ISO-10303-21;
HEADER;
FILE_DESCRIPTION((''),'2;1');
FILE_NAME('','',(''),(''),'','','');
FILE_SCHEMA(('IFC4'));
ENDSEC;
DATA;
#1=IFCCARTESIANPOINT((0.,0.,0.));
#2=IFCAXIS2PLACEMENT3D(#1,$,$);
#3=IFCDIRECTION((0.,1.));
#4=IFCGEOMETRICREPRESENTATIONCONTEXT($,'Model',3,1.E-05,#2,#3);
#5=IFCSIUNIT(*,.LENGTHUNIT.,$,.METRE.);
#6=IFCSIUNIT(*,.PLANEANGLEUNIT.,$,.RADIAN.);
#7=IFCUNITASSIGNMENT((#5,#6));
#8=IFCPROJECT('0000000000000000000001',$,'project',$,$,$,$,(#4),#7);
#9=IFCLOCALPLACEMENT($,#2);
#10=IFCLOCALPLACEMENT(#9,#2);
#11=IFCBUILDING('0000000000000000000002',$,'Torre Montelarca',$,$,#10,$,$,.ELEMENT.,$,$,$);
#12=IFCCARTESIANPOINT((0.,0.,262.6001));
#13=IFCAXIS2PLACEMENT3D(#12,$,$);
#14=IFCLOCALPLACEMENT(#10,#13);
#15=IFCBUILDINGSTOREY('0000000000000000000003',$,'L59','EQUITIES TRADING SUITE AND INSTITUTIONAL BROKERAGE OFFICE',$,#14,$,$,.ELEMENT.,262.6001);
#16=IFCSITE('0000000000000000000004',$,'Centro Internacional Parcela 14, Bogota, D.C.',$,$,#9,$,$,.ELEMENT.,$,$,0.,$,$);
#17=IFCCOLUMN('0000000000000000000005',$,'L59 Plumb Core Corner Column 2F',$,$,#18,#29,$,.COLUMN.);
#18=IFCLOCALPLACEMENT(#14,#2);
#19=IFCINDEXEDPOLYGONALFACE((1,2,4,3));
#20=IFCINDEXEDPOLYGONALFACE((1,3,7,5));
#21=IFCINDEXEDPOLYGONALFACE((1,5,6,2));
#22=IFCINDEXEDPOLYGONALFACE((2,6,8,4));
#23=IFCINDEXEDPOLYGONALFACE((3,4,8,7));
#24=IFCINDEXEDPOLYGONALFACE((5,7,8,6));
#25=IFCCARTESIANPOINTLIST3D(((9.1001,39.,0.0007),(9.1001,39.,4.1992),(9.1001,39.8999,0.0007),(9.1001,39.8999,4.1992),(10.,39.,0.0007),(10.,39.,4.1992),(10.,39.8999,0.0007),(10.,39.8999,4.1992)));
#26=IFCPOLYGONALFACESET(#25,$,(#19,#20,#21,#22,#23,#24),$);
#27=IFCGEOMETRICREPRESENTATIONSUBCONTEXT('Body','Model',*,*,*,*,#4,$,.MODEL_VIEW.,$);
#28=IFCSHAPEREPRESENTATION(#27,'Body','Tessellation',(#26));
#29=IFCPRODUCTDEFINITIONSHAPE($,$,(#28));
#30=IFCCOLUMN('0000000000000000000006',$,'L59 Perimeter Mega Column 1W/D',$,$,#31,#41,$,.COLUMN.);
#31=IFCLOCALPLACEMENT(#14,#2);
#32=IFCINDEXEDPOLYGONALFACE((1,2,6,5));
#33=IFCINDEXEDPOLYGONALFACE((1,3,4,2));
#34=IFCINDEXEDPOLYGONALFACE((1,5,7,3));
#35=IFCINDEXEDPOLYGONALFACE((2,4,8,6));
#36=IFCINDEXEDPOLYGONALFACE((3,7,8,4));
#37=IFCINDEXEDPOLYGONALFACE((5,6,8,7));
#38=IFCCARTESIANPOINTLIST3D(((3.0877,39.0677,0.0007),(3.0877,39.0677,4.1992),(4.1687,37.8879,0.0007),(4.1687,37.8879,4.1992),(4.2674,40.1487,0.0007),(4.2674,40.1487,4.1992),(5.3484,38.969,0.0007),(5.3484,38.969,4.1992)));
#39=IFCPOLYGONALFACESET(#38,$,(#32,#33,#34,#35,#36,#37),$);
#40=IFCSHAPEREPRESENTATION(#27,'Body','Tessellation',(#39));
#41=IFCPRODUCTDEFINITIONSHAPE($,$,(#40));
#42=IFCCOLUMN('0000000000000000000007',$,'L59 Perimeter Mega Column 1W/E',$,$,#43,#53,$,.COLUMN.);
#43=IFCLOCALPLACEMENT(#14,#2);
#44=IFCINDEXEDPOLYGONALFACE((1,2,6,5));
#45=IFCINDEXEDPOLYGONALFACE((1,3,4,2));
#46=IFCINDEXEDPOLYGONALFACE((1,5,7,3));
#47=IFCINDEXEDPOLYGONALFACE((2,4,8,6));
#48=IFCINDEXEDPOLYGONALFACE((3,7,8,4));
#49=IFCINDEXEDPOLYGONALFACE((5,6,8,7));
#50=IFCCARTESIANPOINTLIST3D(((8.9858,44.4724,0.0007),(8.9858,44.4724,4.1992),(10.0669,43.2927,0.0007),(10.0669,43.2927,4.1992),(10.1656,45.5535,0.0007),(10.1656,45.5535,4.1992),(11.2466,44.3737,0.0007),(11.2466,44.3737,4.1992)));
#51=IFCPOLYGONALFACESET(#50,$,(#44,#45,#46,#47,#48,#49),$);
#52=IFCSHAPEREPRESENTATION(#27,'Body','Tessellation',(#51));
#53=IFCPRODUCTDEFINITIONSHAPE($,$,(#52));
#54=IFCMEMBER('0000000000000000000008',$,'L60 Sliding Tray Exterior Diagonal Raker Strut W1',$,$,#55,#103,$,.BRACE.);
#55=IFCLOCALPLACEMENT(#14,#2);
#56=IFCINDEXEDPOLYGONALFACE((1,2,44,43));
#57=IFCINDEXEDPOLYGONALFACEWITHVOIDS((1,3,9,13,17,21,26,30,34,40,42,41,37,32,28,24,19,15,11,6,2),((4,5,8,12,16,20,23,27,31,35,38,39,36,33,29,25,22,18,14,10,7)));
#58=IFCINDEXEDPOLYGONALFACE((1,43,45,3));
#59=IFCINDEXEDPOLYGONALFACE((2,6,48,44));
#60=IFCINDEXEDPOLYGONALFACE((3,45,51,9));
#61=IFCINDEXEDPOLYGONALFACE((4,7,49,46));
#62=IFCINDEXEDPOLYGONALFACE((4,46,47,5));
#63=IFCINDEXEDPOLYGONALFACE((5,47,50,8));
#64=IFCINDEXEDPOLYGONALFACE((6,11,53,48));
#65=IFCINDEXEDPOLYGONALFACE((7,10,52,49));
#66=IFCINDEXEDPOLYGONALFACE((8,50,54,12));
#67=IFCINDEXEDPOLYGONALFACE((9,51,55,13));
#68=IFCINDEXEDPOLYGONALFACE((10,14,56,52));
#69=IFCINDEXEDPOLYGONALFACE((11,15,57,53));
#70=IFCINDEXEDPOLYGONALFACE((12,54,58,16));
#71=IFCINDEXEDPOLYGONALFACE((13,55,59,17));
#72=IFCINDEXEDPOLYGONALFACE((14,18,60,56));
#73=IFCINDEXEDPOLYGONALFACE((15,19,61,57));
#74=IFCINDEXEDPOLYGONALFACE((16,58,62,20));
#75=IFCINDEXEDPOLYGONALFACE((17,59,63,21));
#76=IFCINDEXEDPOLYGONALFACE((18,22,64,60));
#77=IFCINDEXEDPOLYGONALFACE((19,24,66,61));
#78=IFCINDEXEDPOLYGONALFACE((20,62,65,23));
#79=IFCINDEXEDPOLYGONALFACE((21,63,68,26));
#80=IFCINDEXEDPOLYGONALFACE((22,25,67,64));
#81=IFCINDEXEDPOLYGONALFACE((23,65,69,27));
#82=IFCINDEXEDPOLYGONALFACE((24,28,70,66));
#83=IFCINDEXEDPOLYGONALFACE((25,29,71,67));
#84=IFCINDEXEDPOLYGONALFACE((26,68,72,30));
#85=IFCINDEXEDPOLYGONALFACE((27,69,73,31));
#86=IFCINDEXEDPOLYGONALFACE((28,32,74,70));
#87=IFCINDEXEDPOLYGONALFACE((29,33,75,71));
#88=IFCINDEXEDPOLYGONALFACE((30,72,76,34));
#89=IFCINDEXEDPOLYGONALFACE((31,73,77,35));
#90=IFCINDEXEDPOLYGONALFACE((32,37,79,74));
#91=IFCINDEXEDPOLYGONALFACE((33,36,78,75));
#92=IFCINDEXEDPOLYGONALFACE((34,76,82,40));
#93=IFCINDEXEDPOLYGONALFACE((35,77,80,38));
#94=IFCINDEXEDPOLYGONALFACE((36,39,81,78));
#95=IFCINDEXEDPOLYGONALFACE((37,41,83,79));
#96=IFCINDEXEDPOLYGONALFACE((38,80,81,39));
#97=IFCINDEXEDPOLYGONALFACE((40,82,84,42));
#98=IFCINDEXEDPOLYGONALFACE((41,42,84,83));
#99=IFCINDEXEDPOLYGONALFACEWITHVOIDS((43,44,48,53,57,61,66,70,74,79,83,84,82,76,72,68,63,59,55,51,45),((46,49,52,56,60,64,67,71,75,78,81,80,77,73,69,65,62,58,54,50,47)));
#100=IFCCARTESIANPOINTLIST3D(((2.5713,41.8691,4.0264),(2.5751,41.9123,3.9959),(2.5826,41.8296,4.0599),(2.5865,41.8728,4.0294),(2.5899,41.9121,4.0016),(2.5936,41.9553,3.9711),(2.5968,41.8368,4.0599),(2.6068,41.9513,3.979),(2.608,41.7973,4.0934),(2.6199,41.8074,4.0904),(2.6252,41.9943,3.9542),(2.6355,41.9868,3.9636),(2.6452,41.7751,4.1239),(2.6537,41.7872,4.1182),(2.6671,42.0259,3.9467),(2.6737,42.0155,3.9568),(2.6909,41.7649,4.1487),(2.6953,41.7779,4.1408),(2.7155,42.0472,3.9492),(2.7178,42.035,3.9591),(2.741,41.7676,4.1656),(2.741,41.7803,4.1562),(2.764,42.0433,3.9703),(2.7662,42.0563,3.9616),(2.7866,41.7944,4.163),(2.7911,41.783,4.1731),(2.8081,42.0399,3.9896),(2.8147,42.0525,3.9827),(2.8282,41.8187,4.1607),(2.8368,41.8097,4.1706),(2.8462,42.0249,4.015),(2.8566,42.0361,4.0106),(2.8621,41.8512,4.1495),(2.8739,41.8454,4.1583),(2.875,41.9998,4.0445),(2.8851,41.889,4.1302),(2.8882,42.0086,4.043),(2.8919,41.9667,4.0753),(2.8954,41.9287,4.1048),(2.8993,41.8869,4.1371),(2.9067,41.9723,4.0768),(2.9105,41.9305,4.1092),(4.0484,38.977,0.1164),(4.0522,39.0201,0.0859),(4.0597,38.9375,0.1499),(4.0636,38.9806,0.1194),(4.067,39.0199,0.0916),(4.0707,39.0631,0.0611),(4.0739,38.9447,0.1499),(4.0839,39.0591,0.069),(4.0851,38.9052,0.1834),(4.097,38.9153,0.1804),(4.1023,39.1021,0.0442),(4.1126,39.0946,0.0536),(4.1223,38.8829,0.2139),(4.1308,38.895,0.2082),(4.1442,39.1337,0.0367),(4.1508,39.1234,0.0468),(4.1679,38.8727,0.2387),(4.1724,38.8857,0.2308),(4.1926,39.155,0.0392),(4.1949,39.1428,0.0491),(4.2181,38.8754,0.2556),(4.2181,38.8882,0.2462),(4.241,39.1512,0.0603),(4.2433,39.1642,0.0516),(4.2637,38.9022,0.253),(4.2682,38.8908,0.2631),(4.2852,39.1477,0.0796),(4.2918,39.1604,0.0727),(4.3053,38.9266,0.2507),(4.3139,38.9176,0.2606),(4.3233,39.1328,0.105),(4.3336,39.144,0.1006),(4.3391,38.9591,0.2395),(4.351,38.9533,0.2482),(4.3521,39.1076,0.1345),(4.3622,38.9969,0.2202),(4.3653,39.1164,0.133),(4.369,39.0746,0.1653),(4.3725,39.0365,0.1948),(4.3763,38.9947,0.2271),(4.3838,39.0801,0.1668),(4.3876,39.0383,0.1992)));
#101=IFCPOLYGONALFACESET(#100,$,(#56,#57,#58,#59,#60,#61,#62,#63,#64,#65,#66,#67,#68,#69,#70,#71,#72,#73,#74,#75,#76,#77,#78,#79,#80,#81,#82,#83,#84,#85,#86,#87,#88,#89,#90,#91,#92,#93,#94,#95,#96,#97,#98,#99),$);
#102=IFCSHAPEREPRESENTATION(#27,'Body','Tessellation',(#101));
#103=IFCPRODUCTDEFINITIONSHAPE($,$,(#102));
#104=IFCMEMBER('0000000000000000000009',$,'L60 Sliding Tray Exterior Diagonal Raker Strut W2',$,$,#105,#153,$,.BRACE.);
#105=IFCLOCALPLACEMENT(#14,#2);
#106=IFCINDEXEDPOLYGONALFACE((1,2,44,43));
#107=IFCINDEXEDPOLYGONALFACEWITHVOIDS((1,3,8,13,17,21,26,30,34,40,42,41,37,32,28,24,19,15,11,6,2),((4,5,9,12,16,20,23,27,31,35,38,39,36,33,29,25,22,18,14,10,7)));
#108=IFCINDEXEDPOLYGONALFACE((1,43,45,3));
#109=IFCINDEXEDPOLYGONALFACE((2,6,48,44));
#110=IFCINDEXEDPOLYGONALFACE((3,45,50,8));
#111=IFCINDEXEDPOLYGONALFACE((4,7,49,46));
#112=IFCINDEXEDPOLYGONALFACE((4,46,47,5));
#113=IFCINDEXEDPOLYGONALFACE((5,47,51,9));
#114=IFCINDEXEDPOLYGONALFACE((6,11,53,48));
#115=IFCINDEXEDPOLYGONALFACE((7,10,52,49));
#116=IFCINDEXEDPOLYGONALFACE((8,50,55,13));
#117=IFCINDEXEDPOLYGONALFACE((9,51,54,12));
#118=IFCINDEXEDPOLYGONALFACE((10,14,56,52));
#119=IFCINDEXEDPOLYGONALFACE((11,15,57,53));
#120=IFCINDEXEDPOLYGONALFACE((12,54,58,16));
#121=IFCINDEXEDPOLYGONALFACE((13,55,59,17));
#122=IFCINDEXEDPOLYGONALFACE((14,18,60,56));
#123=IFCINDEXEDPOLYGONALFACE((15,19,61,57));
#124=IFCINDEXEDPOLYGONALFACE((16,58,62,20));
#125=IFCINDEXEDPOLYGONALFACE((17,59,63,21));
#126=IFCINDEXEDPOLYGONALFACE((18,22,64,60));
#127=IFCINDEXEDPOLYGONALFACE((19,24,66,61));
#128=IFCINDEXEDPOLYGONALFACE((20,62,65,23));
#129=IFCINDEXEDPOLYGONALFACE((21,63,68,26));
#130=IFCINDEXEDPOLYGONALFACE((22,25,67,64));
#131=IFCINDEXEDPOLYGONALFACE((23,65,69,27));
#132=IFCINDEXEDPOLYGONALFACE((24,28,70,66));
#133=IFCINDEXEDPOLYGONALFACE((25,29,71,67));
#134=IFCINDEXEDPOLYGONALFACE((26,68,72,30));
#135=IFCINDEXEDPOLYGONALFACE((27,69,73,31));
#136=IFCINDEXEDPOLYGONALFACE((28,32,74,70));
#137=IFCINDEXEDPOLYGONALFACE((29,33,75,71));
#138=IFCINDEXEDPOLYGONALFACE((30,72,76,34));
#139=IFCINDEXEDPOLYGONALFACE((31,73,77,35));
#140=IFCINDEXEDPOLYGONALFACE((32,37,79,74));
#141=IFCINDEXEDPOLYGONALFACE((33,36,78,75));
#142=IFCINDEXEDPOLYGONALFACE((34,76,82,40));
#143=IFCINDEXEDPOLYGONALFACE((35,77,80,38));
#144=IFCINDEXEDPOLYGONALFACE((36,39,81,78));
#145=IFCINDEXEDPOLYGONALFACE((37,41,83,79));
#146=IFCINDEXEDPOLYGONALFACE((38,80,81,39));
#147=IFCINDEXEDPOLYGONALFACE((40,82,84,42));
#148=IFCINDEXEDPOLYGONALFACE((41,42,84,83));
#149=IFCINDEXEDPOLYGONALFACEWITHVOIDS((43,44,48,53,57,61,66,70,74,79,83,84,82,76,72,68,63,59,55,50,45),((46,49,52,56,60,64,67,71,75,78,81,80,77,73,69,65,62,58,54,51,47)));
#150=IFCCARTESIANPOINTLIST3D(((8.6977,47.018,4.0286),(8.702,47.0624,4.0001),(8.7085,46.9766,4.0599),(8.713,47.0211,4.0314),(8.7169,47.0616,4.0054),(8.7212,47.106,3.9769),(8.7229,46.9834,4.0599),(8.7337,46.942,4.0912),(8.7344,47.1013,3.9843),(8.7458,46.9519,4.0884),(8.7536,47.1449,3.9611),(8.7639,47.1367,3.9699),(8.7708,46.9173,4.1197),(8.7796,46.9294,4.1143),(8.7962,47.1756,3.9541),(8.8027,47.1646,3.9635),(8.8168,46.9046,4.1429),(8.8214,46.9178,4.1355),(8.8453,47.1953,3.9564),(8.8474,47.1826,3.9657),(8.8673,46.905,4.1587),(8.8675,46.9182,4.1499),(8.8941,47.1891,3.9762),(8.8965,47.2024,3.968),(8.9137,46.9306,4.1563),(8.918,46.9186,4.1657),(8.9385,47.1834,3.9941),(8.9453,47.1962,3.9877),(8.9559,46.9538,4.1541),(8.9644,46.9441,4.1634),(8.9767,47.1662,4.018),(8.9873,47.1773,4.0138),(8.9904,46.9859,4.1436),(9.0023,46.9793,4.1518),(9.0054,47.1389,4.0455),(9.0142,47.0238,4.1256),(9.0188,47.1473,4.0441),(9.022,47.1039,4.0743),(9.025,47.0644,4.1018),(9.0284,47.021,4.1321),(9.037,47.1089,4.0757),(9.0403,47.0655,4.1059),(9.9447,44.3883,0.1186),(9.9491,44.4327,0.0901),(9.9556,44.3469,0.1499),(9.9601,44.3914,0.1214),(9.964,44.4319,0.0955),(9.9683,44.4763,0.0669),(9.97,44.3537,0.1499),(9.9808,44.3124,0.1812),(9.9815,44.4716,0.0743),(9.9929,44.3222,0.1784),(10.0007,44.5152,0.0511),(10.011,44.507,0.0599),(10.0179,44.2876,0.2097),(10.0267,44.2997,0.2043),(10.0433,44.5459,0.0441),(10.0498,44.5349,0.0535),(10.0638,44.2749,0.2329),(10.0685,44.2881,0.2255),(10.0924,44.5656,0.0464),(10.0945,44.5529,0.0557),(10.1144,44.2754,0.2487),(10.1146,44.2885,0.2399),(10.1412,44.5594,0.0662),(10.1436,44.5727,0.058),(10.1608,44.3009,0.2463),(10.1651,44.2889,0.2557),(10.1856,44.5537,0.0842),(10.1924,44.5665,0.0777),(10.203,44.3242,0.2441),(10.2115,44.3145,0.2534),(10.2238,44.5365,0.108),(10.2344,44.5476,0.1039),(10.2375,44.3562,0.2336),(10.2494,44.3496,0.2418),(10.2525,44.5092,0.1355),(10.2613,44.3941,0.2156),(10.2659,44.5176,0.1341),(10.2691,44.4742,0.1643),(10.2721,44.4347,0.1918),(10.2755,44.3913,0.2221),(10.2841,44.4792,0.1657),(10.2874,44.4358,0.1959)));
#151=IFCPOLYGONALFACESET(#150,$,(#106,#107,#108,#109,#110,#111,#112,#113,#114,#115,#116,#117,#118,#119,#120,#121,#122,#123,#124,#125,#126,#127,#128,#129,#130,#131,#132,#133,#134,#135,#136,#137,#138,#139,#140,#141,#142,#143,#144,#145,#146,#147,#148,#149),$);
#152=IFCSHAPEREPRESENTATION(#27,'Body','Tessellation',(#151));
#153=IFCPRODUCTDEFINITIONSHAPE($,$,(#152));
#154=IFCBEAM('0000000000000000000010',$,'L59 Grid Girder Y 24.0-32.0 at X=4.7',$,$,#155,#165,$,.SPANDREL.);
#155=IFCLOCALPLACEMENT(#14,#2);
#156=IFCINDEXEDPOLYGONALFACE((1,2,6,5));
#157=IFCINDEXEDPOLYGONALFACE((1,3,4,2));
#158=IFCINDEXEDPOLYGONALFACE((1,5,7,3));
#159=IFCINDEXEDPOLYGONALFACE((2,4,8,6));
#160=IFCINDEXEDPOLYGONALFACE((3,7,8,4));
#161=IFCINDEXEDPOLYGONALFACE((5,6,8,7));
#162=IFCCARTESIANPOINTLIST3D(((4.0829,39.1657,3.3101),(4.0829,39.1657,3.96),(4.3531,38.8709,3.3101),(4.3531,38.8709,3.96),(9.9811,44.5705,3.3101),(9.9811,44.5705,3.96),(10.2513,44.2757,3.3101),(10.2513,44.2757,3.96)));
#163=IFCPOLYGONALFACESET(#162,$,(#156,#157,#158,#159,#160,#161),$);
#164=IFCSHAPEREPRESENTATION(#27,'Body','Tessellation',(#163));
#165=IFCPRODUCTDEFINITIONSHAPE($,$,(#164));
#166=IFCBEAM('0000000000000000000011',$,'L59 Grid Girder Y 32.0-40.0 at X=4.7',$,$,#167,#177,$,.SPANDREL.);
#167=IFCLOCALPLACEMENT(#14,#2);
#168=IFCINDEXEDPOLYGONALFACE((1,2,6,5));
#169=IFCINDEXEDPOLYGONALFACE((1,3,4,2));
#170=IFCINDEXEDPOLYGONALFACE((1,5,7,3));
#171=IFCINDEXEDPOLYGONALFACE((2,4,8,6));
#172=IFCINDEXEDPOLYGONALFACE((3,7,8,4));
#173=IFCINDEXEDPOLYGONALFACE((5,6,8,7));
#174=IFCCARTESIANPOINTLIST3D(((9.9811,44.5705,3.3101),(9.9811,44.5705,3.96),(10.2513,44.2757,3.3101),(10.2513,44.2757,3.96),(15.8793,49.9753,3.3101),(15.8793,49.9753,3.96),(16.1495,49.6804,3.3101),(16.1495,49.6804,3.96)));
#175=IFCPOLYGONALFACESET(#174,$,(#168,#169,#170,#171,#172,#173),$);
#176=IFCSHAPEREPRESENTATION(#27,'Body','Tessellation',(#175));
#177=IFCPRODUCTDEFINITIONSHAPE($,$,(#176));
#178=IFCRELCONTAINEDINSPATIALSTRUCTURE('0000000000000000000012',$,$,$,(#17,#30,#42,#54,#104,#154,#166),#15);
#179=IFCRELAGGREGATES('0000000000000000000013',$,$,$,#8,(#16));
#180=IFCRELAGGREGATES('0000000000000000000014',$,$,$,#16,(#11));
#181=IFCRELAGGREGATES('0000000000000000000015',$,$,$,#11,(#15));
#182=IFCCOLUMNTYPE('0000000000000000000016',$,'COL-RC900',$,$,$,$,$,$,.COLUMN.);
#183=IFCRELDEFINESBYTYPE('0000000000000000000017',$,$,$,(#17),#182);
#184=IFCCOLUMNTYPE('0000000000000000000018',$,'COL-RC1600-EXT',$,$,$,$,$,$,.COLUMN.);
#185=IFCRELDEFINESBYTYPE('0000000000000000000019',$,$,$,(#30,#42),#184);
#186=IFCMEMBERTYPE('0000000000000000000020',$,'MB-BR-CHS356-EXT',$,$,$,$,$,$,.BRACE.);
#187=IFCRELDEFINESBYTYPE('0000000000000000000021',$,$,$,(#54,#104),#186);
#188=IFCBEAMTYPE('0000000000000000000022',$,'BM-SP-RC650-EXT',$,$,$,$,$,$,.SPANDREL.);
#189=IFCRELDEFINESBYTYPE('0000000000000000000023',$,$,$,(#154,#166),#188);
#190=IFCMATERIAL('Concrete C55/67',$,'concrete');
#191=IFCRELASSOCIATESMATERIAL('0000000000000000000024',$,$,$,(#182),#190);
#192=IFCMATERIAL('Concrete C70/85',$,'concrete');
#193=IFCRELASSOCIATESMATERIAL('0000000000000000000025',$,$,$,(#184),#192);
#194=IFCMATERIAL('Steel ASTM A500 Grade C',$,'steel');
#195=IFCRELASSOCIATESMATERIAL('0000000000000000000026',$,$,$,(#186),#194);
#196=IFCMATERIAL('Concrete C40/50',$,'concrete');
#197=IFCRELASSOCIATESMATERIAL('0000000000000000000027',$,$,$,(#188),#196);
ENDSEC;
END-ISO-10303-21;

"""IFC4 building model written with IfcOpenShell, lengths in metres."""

from ifc_helpers import new_model, si_unit, direction, frame, origin, origin_2d, place, context, subcontext, project, spatial, rectangle, hollow_circle, extrude, source, transform, mapped, material, material_profile, profile_set, type_object, element, save


model = new_model("IFC4")

# Units and contexts
model_context = context("Model", 3, precision=1e-05, world=origin(), true_north=direction((0.0, 1.0)))
body_context = subcontext(model_context, "Body", "Model", "MODEL_VIEW")
ifc_project = project(units=[si_unit("LENGTHUNIT", "METRE"), si_unit("PLANEANGLEUNIT", "RADIAN")], contexts=[model_context])

# Site, building, storey
site_placement = place(None, origin())
site = spatial("IfcSite", under=ifc_project, at=site_placement, Name="Centro Internacional Parcela 14, Bogota, D.C.", CompositionType="ELEMENT", RefElevation=0.0)
building_placement = place(site_placement, origin())
building = spatial("IfcBuilding", under=site, at=building_placement, Name="Torre Montelarca", CompositionType="ELEMENT")
storey_placement = place(building_placement, frame((0.0, 0.0, 262.6001)))
storey = spatial("IfcBuildingStorey", under=building, at=storey_placement, Name="L59", Description="EQUITIES TRADING SUITE AND INSTITUTIONAL BROKERAGE OFFICE", CompositionType="ELEMENT", Elevation=262.6001)

# Columns
ifc_material_1 = material(Name="Concrete C55/67", Category="concrete")
ifc_material_profile_1 = material_profile(ifc_material_1, rectangle(XDim=0.8999, YDim=0.8999, at=origin_2d()), Name="RC900X900", Category="concrete")
ifc_profile_set_1 = profile_set([ifc_material_profile_1], Name="Concrete C55/67")
column_type_1 = type_object("IfcColumnType", Name="COL-RC900", PredefinedType="COLUMN", material=ifc_profile_set_1)
shared_shape_1 = source(origin(), body_context, "Body", "SweptSolid", [
    extrude(rectangle(XDim=0.8999, YDim=0.8999, at=origin_2d()), origin(), (0.0, 0.0, 1.0), 4.1985),
])
column_placement = place(storey_placement, frame((9.55, 39.45, 0.0007), z_axis=(0.0, 0.0, 1.0), x_axis=(1.0, 0.0, 0.0)))
element("IfcColumn", 1, at=column_placement, inside=storey, type_object=column_type_1, Name="L59 Plumb Core Corner Column 2F", PredefinedType="COLUMN", context=body_context, shape_type="MappedRepresentation", body=[
    mapped(shared_shape_1, transform((0.0, 0.0, 0.0), scale=1.0)),
])
ifc_material_2 = material(Name="Concrete C70/85", Category="concrete")
ifc_material_profile_2 = material_profile(ifc_material_2, rectangle(XDim=1.6001, YDim=1.6001, at=origin_2d()), Name="RC1600X1600", Category="concrete")
ifc_profile_set_2 = profile_set([ifc_material_profile_2], Name="Concrete C70/85")
column_type_2 = type_object("IfcColumnType", Name="COL-RC1600-EXT", PredefinedType="COLUMN", material=ifc_profile_set_2)
shared_shape_2 = source(origin(), body_context, "Body", "SweptSolid", [
    extrude(rectangle(XDim=1.6001, YDim=1.6001, at=origin_2d()), origin(), (0.0, 0.0, 1.0), 4.1985),
])
for number, where, z_axis, x_axis, name in (
    (2, (4.218, 39.0183, 0.0007), (0.0, 0.0, 1.0), (-0.67559, 0.737277, 0.0), "L59 Perimeter Mega Column 1W/D"),
    (3, (10.1162, 44.4231, 0.0007), (0.0, 0.0, 1.0), (-0.67559, 0.737277, 0.0), "L59 Perimeter Mega Column 1W/E"),
):
    element("IfcColumn", number, at=place(storey_placement, frame(where, z_axis=z_axis, x_axis=x_axis)), inside=storey, type_object=column_type_2, Name=name, PredefinedType="COLUMN", context=body_context, shape_type="MappedRepresentation", body=[
        mapped(shared_shape_2, transform((0.0, 0.0, 0.0), scale=1.0)),
    ])

# Members
ifc_material_3 = material(Name="Steel ASTM A500 Grade C", Category="steel")
ifc_material_profile_3 = material_profile(ifc_material_3, hollow_circle(Radius=0.1777, WallThickness=0.0159, at=origin_2d()), Name="HSS355.6X15.9", Category="steel")
ifc_profile_set_3 = profile_set([ifc_material_profile_3], Name="Steel ASTM A500 Grade C")
member_type_1 = type_object("IfcMemberType", Name="MB-BR-CHS356-EXT", PredefinedType="BRACE", material=ifc_profile_set_3)
shared_shape_3 = source(origin(), body_context, "Body", "SweptSolid", [
    extrude(hollow_circle(Radius=0.1777, WallThickness=0.0159, at=origin_2d()), origin(), (0.0, 0.0, 1.0), 5.0828),
])
member_1_placement = place(storey_placement, frame((4.218, 39.0183, 0.1499), z_axis=(-0.290607, 0.569013, 0.769267), x_axis=(-0.890575, -0.454836, 0.0)))
element("IfcMember", 4, at=member_1_placement, inside=storey, type_object=member_type_1, Name="L60 Sliding Tray Exterior Diagonal Raker Strut W1", PredefinedType="BRACE", context=body_context, shape_type="MappedRepresentation", body=[
    mapped(shared_shape_3, transform((0.0, 0.0, 0.0), scale=1.0)),
])
shared_shape_4 = source(origin(), body_context, "Body", "SweptSolid", [
    extrude(hollow_circle(Radius=0.1777, WallThickness=0.0159, at=origin_2d()), origin(), (0.0, 0.0, 1.0), 4.8743),
])
member_2_placement = place(storey_placement, frame((10.1162, 44.4231, 0.1499), z_axis=(-0.255853, 0.539504, 0.802169), x_axis=(-0.903545, -0.428494, 0.0)))
element("IfcMember", 5, at=member_2_placement, inside=storey, type_object=member_type_1, Name="L60 Sliding Tray Exterior Diagonal Raker Strut W2", PredefinedType="BRACE", context=body_context, shape_type="MappedRepresentation", body=[
    mapped(shared_shape_4, transform((0.0, 0.0, 0.0), scale=1.0)),
])

# Beams
ifc_material_4 = material(Name="Concrete C40/50", Category="concrete")
ifc_material_profile_4 = material_profile(ifc_material_4, rectangle(XDim=0.3999, YDim=0.6499, at=origin_2d()), Name="RCB400X650", Category="concrete")
ifc_profile_set_4 = profile_set([ifc_material_profile_4], Name="Concrete C40/50")
beam_type = type_object("IfcBeamType", Name="BM-SP-RC650-EXT", PredefinedType="SPANDREL", material=ifc_profile_set_4)
shared_shape_5 = source(origin(), body_context, "Body", "SweptSolid", [
    extrude(rectangle(XDim=0.3999, YDim=0.6499, at=origin_2d()), origin(), (0.0, 0.0, 1.0), 8.0),
])
for number, where, z_axis, x_axis, name in (
    (6, (4.218, 39.0183, 3.635), (0.737272, 0.675596, 0.0), (-0.675596, 0.737272, 0.0), "L59 Grid Girder Y 24.0-32.0 at X=4.7"),
    (7, (10.1162, 44.4231, 3.635), (0.737272, 0.675596, 0.0), (-0.675596, 0.737272, 0.0), "L59 Grid Girder Y 32.0-40.0 at X=4.7"),
):
    element("IfcBeam", number, at=place(storey_placement, frame(where, z_axis=z_axis, x_axis=x_axis)), inside=storey, type_object=beam_type, Name=name, PredefinedType="SPANDREL", context=body_context, shape_type="MappedRepresentation", body=[
        mapped(shared_shape_5, transform((0.0, 0.0, 0.0), scale=1.0)),
    ])

save(model, "model.ifc")
